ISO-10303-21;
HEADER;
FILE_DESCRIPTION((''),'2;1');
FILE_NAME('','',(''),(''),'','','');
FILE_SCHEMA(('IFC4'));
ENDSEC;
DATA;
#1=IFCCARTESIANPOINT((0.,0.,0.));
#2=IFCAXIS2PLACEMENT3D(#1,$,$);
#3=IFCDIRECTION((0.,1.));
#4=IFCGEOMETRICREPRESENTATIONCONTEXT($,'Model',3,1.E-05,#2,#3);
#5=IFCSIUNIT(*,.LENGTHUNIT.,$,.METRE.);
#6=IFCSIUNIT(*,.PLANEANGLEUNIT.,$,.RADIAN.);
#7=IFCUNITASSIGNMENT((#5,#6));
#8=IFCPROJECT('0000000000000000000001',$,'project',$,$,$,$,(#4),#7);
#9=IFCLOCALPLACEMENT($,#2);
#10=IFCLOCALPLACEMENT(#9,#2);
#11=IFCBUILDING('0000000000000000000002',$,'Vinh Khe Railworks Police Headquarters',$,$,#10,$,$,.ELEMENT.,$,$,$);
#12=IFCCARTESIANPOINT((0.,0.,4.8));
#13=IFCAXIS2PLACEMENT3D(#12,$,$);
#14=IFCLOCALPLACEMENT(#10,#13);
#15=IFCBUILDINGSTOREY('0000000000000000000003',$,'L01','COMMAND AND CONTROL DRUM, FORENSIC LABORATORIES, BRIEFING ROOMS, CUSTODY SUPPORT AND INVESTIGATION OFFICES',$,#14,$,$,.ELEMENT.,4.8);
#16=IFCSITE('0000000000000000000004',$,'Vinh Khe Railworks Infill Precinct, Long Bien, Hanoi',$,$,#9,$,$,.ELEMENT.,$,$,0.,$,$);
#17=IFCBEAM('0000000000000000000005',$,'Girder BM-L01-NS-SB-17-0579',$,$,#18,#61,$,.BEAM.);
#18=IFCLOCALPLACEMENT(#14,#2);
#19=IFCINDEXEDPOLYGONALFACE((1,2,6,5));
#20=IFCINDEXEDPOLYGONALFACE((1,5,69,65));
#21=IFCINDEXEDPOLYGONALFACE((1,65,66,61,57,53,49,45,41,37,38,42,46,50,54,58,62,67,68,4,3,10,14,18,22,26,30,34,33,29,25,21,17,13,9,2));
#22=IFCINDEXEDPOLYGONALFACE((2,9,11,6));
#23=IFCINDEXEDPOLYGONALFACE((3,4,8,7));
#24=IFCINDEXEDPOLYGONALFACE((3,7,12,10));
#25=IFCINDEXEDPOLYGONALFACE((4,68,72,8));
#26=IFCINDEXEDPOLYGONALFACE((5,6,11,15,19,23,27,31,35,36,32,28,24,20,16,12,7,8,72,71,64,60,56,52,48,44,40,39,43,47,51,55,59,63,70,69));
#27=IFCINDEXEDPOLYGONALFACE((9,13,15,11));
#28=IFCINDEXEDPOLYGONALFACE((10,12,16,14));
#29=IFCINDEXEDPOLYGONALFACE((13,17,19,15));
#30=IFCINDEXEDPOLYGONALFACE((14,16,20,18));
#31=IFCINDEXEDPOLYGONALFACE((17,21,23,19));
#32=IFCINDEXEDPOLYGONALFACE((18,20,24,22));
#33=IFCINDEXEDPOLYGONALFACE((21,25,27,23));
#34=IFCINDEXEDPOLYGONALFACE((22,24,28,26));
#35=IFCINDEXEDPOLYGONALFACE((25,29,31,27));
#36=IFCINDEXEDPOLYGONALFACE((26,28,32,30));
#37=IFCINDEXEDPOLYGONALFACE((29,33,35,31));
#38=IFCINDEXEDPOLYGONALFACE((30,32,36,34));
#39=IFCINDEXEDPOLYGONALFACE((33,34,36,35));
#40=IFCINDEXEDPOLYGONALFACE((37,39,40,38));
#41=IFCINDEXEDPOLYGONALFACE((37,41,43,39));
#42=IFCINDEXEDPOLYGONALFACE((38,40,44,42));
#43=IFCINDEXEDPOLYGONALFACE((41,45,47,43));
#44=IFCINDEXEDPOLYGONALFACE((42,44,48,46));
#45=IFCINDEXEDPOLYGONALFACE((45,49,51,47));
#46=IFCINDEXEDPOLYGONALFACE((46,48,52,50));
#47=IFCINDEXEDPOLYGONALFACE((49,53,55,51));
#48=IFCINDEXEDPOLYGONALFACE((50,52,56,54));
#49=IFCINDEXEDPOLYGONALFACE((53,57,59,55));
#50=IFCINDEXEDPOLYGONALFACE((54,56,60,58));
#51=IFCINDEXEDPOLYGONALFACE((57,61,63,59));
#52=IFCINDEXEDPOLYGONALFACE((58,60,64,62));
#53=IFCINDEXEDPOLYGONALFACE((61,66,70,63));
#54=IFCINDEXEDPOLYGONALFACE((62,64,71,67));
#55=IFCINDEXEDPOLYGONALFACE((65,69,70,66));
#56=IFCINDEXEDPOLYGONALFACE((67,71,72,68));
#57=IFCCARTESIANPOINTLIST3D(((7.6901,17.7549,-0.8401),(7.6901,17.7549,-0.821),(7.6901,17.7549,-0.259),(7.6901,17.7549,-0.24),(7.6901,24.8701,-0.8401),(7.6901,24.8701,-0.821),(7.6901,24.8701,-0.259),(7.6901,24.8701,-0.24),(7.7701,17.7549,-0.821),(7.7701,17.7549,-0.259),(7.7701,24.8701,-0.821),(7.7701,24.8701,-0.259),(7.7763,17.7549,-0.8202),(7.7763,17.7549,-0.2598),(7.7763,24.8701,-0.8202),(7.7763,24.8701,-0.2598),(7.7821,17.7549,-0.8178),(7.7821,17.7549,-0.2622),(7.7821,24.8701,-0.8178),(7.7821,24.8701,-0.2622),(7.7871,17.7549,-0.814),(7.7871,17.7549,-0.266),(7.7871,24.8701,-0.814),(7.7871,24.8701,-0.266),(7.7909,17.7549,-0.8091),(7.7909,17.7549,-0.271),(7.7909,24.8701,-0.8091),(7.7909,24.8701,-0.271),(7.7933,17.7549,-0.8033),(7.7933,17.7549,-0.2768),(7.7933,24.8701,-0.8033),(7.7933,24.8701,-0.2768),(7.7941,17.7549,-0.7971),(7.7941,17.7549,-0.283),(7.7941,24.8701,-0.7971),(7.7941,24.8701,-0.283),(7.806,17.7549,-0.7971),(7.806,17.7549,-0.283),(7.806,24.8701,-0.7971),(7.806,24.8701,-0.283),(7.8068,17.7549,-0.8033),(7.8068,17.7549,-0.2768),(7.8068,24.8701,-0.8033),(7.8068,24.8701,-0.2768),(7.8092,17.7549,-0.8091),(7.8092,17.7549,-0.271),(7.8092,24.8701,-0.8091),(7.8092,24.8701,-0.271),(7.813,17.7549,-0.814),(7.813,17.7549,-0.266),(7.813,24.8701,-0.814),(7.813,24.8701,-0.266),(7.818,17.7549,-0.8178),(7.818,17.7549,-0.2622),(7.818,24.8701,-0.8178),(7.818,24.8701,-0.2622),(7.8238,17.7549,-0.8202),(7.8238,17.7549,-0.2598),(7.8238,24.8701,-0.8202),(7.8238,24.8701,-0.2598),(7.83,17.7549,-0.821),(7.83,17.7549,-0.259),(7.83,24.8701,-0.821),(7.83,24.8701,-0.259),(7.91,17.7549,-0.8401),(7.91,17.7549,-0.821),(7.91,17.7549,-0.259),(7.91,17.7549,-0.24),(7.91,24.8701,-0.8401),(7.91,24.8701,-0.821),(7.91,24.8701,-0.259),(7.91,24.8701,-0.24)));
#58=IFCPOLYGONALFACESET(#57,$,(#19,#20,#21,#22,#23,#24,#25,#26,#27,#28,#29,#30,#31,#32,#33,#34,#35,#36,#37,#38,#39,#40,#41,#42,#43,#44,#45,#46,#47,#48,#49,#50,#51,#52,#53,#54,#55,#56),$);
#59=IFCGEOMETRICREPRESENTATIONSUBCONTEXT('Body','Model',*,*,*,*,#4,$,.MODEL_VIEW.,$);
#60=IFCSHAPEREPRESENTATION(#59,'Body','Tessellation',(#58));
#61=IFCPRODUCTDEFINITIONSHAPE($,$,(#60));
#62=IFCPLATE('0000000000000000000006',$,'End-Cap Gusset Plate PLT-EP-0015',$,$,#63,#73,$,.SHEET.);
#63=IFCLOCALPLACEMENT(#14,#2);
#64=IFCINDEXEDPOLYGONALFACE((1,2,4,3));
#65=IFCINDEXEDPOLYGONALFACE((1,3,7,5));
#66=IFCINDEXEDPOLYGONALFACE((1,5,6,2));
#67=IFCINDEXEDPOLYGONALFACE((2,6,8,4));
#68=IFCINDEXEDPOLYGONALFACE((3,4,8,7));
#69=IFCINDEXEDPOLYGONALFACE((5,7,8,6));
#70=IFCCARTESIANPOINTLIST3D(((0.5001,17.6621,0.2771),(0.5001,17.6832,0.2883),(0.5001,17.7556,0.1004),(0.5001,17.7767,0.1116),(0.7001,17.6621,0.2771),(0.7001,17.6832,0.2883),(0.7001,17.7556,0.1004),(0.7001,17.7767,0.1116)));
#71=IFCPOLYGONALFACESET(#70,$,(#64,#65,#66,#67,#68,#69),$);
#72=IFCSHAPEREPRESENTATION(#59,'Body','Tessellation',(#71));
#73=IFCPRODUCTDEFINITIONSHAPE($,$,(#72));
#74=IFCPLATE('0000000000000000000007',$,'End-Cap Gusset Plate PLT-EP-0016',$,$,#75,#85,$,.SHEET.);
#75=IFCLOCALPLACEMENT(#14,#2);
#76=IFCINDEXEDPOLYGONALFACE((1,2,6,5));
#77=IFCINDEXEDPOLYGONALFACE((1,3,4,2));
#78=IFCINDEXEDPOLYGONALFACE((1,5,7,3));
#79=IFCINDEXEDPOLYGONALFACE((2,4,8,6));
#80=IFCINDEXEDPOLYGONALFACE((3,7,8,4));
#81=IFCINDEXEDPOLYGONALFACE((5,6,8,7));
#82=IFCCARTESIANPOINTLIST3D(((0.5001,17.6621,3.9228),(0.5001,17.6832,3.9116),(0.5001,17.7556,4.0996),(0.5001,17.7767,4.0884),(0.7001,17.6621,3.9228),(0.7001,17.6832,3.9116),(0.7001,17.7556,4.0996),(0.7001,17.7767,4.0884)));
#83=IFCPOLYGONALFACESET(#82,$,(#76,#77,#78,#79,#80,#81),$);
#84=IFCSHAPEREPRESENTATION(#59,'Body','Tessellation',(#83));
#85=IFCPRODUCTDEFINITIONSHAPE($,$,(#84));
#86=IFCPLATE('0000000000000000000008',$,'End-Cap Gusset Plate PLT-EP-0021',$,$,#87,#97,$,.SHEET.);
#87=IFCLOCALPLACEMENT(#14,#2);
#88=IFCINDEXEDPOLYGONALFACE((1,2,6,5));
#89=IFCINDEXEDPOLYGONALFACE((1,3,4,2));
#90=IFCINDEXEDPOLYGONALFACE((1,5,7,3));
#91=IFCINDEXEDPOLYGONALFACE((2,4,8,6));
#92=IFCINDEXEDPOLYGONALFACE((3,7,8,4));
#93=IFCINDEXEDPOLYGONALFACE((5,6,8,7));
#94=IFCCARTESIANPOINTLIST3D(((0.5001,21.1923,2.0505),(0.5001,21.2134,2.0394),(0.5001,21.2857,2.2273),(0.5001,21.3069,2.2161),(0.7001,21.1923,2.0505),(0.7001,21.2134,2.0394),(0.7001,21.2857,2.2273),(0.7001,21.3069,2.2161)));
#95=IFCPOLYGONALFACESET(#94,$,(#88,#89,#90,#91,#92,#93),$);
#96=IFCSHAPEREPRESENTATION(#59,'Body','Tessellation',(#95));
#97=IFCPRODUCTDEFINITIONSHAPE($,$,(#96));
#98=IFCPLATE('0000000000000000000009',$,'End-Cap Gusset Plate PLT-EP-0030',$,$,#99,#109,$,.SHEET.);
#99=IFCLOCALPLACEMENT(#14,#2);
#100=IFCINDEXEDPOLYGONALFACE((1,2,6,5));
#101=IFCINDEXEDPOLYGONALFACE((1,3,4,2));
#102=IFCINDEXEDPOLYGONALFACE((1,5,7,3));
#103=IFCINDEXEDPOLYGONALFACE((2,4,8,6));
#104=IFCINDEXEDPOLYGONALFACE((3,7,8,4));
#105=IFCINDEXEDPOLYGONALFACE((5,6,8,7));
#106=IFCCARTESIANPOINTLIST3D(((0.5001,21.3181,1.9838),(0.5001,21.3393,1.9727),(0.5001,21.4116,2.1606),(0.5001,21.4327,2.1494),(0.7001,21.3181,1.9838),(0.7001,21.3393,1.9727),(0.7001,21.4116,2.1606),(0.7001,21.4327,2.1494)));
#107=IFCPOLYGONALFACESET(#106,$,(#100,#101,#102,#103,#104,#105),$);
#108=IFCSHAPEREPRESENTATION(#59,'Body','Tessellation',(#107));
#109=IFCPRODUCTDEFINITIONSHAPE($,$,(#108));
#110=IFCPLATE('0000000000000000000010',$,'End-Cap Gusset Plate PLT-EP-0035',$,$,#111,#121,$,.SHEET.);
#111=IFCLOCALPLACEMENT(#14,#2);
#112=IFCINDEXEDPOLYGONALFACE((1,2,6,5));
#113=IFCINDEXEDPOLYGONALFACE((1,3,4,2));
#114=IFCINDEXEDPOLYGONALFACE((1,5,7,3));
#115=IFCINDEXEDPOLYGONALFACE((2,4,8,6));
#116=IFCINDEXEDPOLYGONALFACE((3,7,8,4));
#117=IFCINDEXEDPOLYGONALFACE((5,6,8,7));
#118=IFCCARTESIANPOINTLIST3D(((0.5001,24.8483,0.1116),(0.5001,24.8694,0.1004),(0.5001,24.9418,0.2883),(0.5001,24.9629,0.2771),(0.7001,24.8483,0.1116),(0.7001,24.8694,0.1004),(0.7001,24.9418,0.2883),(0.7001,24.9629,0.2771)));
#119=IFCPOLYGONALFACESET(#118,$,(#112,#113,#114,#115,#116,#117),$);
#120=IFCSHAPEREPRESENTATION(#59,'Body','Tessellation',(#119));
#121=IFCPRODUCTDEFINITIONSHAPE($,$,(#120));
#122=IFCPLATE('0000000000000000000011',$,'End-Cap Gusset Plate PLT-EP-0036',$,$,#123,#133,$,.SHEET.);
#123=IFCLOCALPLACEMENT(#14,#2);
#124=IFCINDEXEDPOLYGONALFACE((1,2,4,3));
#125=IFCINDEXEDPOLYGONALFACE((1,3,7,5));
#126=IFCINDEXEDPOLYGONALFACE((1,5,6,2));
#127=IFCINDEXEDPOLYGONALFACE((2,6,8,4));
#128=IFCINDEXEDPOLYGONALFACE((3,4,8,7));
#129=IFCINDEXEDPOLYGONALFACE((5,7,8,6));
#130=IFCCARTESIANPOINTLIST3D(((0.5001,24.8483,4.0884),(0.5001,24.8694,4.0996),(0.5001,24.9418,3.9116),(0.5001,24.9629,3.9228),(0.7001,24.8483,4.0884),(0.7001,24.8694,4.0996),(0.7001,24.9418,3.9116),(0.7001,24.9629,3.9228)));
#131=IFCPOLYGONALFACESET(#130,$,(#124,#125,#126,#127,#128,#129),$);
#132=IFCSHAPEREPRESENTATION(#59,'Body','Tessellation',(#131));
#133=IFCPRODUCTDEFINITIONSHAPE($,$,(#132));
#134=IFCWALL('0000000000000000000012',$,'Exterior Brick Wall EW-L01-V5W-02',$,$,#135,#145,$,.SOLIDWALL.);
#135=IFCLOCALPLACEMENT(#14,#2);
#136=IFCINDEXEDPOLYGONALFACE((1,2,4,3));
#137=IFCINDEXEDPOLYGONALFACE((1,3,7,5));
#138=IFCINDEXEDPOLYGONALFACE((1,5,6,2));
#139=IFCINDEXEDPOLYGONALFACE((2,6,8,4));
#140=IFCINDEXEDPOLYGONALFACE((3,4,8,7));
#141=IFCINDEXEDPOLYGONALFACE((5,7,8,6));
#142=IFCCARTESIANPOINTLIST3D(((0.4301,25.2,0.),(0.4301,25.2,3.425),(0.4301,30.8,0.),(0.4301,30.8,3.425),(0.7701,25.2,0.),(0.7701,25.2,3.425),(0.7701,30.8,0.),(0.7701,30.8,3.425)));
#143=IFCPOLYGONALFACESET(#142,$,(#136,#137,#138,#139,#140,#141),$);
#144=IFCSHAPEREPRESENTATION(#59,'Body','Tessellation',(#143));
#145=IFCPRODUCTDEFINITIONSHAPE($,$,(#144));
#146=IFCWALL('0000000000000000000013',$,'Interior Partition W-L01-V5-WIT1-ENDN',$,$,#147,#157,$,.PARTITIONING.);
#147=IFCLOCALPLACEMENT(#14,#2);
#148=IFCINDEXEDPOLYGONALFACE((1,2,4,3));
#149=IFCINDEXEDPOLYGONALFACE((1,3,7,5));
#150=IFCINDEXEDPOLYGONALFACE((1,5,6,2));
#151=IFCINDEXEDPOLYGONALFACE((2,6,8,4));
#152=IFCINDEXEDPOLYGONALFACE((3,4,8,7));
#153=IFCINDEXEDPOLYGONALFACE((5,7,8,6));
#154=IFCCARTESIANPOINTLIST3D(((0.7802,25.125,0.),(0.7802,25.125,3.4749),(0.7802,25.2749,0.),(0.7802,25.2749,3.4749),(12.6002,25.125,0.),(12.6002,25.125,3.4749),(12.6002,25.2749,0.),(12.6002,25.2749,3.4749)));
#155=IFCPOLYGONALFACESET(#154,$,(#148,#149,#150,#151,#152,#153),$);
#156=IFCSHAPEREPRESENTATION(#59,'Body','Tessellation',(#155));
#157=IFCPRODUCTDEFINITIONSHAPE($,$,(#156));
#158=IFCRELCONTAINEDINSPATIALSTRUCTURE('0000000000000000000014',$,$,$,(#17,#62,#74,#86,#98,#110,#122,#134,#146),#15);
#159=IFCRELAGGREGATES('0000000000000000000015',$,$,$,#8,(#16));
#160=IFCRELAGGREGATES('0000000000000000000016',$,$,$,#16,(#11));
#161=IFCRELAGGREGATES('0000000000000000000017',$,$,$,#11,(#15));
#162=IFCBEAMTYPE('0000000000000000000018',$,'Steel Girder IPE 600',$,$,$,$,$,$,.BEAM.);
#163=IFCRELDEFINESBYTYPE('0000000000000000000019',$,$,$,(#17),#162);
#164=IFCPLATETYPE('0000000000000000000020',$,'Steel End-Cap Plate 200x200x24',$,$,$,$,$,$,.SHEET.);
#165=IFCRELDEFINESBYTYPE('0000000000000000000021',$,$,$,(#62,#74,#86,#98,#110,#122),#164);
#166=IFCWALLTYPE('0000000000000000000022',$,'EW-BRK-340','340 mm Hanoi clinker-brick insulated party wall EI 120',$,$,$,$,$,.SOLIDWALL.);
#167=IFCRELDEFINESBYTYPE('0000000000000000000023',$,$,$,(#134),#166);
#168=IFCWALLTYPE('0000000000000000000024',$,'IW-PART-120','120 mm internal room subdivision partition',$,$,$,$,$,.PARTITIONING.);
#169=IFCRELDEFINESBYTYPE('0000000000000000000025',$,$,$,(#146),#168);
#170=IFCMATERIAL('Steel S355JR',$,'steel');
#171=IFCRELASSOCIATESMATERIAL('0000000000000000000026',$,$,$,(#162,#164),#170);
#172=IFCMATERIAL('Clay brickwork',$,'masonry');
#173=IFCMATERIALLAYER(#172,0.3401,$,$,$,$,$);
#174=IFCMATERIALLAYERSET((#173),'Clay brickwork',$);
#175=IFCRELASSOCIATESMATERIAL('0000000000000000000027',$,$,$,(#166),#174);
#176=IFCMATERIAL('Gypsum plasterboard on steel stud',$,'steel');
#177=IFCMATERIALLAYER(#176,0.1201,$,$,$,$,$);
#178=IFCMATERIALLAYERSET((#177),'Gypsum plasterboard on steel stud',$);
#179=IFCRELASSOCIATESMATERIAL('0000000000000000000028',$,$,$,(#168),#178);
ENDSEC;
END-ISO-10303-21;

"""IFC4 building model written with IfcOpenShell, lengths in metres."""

from ifc_helpers import new_model, si_unit, direction, frame, frame_2d, origin, origin_2d, place, context, subcontext, project, spatial, rectangle, i_section, extrude, material, layer, layer_set, material_profile, profile_set, type_object, element, save


model = new_model("IFC4")

# Units and contexts
model_context = context("Model", 3, precision=1e-05, world=origin(), true_north=direction((0.0, 1.0)))
body_context = subcontext(model_context, "Body", "Model", "MODEL_VIEW")
ifc_project = project(units=[si_unit("LENGTHUNIT", "METRE"), si_unit("PLANEANGLEUNIT", "RADIAN")], contexts=[model_context])

# Site, building, storey
site_placement = place(None, origin())
site = spatial("IfcSite", under=ifc_project, at=site_placement, Name="Vinh Khe Railworks Infill Precinct, Long Bien, Hanoi", CompositionType="ELEMENT", RefElevation=0.0)
building_placement = place(site_placement, origin())
building = spatial("IfcBuilding", under=site, at=building_placement, Name="Vinh Khe Railworks Police Headquarters", CompositionType="ELEMENT")
storey_placement = place(building_placement, frame((0.0, 0.0, 4.8)))
storey = spatial("IfcBuildingStorey", under=building, at=storey_placement, Name="L01", Description="COMMAND AND CONTROL DRUM, FORENSIC LABORATORIES, BRIEFING ROOMS, CUSTODY SUPPORT AND INVESTIGATION OFFICES", CompositionType="ELEMENT", Elevation=4.8)

# Shared definitions
ifc_material_1 = material(Name="Steel S355JR", Category="steel")

# Beam
ifc_material_profile_1 = material_profile(ifc_material_1, i_section(OverallWidth=0.22, OverallDepth=0.6001, WebThickness=0.012, FlangeThickness=0.019, FilletRadius=0.0239, at=origin_2d()), Name="IPE 600")
ifc_profile_set_1 = profile_set([ifc_material_profile_1], Name="Steel S355JR")
beam_type_1 = type_object("IfcBeamType", Name="Steel Girder IPE 600", PredefinedType="BEAM", material=ifc_profile_set_1)
beam_1_placement = place(storey_placement, frame((7.8, 17.7549, -0.54), z_axis=(0.0, 1.0, 0.0), x_axis=(-1.0, 0.0, 0.0)))
element("IfcBeam", 1, at=beam_1_placement, inside=storey, type_object=beam_type_1, Name="Girder BM-L01-NS-SB-17-0579", PredefinedType="BEAM", context=body_context, shape_type="SweptSolid", body=[
    extrude(i_section(OverallWidth=0.22, OverallDepth=0.6001, WebThickness=0.012, FlangeThickness=0.019, FilletRadius=0.0239, at=origin_2d()), origin(), (0.0, 0.0, 1.0), 7.1152),
])

# Plates
ifc_material_profile_2 = material_profile(ifc_material_1, rectangle(XDim=0.2, YDim=0.2, at=origin_2d()), Name="PL 200x200")
ifc_profile_set_2 = profile_set([ifc_material_profile_2], Name="Steel S355JR")
plate_type = type_object("IfcPlateType", Name="Steel End-Cap Plate 200x200x24", PredefinedType="SHEET", material=ifc_profile_set_2)
for number, where, z_axis, x_axis, name in (
    (2, (0.6001, 17.73, 0.2), (0.0, -0.884035, -0.467421), (1.0, 0.0, 0.0), "End-Cap Gusset Plate PLT-EP-0015"),
    (3, (0.6001, 17.73, 4.0), (0.0, -0.884035, 0.467421), (1.0, 0.0, 0.0), "End-Cap Gusset Plate PLT-EP-0016"),
    (4, (0.6001, 21.239, 2.1389), (0.0, 0.884035, -0.467421), (-1.0, 0.0, 0.0), "End-Cap Gusset Plate PLT-EP-0021"),
    (5, (0.6001, 21.386, 2.061), (0.0, -0.884035, 0.467421), (1.0, 0.0, 0.0), "End-Cap Gusset Plate PLT-EP-0030"),
    (6, (0.6001, 24.895, 0.2), (0.0, 0.884035, -0.467421), (-1.0, 0.0, 0.0), "End-Cap Gusset Plate PLT-EP-0035"),
    (7, (0.6001, 24.895, 4.0), (0.0, 0.884035, 0.467421), (-1.0, 0.0, 0.0), "End-Cap Gusset Plate PLT-EP-0036"),
):
    element("IfcPlate", number, at=place(storey_placement, frame(where, z_axis=z_axis, x_axis=x_axis)), inside=storey, type_object=plate_type, Name=name, PredefinedType="SHEET", context=body_context, shape_type="SweptSolid", body=[
        extrude(rectangle(XDim=0.2, YDim=0.2, at=origin_2d()), origin(), (0.0, 0.0, 1.0), 0.0239),
    ])

# Walls
ifc_material_2 = material(Name="Clay brickwork", Category="masonry")
ifc_layer_1 = layer(ifc_material_2, 0.3401)
ifc_layer_set_1 = layer_set([ifc_layer_1], Name="Clay brickwork")
wall_type_1 = type_object("IfcWallType", Name="EW-BRK-340", Description="340 mm Hanoi clinker-brick insulated party wall EI 120", PredefinedType="SOLIDWALL", material=ifc_layer_set_1)
wall_1_placement = place(storey_placement, frame((0.6001, 25.2, 0.0), z_axis=(0.0, 0.0, 1.0), x_axis=(0.0, 1.0, 0.0)))
element("IfcWall", 8, at=wall_1_placement, inside=storey, type_object=wall_type_1, Name="Exterior Brick Wall EW-L01-V5W-02", PredefinedType="SOLIDWALL", context=body_context, shape_type="SweptSolid", body=[
    extrude(rectangle(XDim=5.6001, YDim=0.3401, at=frame_2d((2.8, 0.0))), origin(), (0.0, 0.0, 1.0), 3.425),
])
ifc_material_3 = material(Name="Gypsum plasterboard on steel stud", Category="steel")
ifc_layer_2 = layer(ifc_material_3, 0.1201)
ifc_layer_set_2 = layer_set([ifc_layer_2], Name="Gypsum plasterboard on steel stud")
wall_type_2 = type_object("IfcWallType", Name="IW-PART-120", Description="120 mm internal room subdivision partition", PredefinedType="PARTITIONING", material=ifc_layer_set_2)
wall_2_placement = place(storey_placement, frame((0.78, 25.2, 0.0), z_axis=(0.0, 0.0, 1.0), x_axis=(1.0, 0.0, 0.0)))
element("IfcWall", 9, at=wall_2_placement, inside=storey, type_object=wall_type_2, Name="Interior Partition W-L01-V5-WIT1-ENDN", PredefinedType="PARTITIONING", context=body_context, shape_type="SweptSolid", body=[
    extrude(rectangle(XDim=11.8201, YDim=0.1499, at=frame_2d((5.9102, 0.0))), origin(), (0.0, 0.0, 1.0), 3.4749),
])

save(model, "model.ifc")
